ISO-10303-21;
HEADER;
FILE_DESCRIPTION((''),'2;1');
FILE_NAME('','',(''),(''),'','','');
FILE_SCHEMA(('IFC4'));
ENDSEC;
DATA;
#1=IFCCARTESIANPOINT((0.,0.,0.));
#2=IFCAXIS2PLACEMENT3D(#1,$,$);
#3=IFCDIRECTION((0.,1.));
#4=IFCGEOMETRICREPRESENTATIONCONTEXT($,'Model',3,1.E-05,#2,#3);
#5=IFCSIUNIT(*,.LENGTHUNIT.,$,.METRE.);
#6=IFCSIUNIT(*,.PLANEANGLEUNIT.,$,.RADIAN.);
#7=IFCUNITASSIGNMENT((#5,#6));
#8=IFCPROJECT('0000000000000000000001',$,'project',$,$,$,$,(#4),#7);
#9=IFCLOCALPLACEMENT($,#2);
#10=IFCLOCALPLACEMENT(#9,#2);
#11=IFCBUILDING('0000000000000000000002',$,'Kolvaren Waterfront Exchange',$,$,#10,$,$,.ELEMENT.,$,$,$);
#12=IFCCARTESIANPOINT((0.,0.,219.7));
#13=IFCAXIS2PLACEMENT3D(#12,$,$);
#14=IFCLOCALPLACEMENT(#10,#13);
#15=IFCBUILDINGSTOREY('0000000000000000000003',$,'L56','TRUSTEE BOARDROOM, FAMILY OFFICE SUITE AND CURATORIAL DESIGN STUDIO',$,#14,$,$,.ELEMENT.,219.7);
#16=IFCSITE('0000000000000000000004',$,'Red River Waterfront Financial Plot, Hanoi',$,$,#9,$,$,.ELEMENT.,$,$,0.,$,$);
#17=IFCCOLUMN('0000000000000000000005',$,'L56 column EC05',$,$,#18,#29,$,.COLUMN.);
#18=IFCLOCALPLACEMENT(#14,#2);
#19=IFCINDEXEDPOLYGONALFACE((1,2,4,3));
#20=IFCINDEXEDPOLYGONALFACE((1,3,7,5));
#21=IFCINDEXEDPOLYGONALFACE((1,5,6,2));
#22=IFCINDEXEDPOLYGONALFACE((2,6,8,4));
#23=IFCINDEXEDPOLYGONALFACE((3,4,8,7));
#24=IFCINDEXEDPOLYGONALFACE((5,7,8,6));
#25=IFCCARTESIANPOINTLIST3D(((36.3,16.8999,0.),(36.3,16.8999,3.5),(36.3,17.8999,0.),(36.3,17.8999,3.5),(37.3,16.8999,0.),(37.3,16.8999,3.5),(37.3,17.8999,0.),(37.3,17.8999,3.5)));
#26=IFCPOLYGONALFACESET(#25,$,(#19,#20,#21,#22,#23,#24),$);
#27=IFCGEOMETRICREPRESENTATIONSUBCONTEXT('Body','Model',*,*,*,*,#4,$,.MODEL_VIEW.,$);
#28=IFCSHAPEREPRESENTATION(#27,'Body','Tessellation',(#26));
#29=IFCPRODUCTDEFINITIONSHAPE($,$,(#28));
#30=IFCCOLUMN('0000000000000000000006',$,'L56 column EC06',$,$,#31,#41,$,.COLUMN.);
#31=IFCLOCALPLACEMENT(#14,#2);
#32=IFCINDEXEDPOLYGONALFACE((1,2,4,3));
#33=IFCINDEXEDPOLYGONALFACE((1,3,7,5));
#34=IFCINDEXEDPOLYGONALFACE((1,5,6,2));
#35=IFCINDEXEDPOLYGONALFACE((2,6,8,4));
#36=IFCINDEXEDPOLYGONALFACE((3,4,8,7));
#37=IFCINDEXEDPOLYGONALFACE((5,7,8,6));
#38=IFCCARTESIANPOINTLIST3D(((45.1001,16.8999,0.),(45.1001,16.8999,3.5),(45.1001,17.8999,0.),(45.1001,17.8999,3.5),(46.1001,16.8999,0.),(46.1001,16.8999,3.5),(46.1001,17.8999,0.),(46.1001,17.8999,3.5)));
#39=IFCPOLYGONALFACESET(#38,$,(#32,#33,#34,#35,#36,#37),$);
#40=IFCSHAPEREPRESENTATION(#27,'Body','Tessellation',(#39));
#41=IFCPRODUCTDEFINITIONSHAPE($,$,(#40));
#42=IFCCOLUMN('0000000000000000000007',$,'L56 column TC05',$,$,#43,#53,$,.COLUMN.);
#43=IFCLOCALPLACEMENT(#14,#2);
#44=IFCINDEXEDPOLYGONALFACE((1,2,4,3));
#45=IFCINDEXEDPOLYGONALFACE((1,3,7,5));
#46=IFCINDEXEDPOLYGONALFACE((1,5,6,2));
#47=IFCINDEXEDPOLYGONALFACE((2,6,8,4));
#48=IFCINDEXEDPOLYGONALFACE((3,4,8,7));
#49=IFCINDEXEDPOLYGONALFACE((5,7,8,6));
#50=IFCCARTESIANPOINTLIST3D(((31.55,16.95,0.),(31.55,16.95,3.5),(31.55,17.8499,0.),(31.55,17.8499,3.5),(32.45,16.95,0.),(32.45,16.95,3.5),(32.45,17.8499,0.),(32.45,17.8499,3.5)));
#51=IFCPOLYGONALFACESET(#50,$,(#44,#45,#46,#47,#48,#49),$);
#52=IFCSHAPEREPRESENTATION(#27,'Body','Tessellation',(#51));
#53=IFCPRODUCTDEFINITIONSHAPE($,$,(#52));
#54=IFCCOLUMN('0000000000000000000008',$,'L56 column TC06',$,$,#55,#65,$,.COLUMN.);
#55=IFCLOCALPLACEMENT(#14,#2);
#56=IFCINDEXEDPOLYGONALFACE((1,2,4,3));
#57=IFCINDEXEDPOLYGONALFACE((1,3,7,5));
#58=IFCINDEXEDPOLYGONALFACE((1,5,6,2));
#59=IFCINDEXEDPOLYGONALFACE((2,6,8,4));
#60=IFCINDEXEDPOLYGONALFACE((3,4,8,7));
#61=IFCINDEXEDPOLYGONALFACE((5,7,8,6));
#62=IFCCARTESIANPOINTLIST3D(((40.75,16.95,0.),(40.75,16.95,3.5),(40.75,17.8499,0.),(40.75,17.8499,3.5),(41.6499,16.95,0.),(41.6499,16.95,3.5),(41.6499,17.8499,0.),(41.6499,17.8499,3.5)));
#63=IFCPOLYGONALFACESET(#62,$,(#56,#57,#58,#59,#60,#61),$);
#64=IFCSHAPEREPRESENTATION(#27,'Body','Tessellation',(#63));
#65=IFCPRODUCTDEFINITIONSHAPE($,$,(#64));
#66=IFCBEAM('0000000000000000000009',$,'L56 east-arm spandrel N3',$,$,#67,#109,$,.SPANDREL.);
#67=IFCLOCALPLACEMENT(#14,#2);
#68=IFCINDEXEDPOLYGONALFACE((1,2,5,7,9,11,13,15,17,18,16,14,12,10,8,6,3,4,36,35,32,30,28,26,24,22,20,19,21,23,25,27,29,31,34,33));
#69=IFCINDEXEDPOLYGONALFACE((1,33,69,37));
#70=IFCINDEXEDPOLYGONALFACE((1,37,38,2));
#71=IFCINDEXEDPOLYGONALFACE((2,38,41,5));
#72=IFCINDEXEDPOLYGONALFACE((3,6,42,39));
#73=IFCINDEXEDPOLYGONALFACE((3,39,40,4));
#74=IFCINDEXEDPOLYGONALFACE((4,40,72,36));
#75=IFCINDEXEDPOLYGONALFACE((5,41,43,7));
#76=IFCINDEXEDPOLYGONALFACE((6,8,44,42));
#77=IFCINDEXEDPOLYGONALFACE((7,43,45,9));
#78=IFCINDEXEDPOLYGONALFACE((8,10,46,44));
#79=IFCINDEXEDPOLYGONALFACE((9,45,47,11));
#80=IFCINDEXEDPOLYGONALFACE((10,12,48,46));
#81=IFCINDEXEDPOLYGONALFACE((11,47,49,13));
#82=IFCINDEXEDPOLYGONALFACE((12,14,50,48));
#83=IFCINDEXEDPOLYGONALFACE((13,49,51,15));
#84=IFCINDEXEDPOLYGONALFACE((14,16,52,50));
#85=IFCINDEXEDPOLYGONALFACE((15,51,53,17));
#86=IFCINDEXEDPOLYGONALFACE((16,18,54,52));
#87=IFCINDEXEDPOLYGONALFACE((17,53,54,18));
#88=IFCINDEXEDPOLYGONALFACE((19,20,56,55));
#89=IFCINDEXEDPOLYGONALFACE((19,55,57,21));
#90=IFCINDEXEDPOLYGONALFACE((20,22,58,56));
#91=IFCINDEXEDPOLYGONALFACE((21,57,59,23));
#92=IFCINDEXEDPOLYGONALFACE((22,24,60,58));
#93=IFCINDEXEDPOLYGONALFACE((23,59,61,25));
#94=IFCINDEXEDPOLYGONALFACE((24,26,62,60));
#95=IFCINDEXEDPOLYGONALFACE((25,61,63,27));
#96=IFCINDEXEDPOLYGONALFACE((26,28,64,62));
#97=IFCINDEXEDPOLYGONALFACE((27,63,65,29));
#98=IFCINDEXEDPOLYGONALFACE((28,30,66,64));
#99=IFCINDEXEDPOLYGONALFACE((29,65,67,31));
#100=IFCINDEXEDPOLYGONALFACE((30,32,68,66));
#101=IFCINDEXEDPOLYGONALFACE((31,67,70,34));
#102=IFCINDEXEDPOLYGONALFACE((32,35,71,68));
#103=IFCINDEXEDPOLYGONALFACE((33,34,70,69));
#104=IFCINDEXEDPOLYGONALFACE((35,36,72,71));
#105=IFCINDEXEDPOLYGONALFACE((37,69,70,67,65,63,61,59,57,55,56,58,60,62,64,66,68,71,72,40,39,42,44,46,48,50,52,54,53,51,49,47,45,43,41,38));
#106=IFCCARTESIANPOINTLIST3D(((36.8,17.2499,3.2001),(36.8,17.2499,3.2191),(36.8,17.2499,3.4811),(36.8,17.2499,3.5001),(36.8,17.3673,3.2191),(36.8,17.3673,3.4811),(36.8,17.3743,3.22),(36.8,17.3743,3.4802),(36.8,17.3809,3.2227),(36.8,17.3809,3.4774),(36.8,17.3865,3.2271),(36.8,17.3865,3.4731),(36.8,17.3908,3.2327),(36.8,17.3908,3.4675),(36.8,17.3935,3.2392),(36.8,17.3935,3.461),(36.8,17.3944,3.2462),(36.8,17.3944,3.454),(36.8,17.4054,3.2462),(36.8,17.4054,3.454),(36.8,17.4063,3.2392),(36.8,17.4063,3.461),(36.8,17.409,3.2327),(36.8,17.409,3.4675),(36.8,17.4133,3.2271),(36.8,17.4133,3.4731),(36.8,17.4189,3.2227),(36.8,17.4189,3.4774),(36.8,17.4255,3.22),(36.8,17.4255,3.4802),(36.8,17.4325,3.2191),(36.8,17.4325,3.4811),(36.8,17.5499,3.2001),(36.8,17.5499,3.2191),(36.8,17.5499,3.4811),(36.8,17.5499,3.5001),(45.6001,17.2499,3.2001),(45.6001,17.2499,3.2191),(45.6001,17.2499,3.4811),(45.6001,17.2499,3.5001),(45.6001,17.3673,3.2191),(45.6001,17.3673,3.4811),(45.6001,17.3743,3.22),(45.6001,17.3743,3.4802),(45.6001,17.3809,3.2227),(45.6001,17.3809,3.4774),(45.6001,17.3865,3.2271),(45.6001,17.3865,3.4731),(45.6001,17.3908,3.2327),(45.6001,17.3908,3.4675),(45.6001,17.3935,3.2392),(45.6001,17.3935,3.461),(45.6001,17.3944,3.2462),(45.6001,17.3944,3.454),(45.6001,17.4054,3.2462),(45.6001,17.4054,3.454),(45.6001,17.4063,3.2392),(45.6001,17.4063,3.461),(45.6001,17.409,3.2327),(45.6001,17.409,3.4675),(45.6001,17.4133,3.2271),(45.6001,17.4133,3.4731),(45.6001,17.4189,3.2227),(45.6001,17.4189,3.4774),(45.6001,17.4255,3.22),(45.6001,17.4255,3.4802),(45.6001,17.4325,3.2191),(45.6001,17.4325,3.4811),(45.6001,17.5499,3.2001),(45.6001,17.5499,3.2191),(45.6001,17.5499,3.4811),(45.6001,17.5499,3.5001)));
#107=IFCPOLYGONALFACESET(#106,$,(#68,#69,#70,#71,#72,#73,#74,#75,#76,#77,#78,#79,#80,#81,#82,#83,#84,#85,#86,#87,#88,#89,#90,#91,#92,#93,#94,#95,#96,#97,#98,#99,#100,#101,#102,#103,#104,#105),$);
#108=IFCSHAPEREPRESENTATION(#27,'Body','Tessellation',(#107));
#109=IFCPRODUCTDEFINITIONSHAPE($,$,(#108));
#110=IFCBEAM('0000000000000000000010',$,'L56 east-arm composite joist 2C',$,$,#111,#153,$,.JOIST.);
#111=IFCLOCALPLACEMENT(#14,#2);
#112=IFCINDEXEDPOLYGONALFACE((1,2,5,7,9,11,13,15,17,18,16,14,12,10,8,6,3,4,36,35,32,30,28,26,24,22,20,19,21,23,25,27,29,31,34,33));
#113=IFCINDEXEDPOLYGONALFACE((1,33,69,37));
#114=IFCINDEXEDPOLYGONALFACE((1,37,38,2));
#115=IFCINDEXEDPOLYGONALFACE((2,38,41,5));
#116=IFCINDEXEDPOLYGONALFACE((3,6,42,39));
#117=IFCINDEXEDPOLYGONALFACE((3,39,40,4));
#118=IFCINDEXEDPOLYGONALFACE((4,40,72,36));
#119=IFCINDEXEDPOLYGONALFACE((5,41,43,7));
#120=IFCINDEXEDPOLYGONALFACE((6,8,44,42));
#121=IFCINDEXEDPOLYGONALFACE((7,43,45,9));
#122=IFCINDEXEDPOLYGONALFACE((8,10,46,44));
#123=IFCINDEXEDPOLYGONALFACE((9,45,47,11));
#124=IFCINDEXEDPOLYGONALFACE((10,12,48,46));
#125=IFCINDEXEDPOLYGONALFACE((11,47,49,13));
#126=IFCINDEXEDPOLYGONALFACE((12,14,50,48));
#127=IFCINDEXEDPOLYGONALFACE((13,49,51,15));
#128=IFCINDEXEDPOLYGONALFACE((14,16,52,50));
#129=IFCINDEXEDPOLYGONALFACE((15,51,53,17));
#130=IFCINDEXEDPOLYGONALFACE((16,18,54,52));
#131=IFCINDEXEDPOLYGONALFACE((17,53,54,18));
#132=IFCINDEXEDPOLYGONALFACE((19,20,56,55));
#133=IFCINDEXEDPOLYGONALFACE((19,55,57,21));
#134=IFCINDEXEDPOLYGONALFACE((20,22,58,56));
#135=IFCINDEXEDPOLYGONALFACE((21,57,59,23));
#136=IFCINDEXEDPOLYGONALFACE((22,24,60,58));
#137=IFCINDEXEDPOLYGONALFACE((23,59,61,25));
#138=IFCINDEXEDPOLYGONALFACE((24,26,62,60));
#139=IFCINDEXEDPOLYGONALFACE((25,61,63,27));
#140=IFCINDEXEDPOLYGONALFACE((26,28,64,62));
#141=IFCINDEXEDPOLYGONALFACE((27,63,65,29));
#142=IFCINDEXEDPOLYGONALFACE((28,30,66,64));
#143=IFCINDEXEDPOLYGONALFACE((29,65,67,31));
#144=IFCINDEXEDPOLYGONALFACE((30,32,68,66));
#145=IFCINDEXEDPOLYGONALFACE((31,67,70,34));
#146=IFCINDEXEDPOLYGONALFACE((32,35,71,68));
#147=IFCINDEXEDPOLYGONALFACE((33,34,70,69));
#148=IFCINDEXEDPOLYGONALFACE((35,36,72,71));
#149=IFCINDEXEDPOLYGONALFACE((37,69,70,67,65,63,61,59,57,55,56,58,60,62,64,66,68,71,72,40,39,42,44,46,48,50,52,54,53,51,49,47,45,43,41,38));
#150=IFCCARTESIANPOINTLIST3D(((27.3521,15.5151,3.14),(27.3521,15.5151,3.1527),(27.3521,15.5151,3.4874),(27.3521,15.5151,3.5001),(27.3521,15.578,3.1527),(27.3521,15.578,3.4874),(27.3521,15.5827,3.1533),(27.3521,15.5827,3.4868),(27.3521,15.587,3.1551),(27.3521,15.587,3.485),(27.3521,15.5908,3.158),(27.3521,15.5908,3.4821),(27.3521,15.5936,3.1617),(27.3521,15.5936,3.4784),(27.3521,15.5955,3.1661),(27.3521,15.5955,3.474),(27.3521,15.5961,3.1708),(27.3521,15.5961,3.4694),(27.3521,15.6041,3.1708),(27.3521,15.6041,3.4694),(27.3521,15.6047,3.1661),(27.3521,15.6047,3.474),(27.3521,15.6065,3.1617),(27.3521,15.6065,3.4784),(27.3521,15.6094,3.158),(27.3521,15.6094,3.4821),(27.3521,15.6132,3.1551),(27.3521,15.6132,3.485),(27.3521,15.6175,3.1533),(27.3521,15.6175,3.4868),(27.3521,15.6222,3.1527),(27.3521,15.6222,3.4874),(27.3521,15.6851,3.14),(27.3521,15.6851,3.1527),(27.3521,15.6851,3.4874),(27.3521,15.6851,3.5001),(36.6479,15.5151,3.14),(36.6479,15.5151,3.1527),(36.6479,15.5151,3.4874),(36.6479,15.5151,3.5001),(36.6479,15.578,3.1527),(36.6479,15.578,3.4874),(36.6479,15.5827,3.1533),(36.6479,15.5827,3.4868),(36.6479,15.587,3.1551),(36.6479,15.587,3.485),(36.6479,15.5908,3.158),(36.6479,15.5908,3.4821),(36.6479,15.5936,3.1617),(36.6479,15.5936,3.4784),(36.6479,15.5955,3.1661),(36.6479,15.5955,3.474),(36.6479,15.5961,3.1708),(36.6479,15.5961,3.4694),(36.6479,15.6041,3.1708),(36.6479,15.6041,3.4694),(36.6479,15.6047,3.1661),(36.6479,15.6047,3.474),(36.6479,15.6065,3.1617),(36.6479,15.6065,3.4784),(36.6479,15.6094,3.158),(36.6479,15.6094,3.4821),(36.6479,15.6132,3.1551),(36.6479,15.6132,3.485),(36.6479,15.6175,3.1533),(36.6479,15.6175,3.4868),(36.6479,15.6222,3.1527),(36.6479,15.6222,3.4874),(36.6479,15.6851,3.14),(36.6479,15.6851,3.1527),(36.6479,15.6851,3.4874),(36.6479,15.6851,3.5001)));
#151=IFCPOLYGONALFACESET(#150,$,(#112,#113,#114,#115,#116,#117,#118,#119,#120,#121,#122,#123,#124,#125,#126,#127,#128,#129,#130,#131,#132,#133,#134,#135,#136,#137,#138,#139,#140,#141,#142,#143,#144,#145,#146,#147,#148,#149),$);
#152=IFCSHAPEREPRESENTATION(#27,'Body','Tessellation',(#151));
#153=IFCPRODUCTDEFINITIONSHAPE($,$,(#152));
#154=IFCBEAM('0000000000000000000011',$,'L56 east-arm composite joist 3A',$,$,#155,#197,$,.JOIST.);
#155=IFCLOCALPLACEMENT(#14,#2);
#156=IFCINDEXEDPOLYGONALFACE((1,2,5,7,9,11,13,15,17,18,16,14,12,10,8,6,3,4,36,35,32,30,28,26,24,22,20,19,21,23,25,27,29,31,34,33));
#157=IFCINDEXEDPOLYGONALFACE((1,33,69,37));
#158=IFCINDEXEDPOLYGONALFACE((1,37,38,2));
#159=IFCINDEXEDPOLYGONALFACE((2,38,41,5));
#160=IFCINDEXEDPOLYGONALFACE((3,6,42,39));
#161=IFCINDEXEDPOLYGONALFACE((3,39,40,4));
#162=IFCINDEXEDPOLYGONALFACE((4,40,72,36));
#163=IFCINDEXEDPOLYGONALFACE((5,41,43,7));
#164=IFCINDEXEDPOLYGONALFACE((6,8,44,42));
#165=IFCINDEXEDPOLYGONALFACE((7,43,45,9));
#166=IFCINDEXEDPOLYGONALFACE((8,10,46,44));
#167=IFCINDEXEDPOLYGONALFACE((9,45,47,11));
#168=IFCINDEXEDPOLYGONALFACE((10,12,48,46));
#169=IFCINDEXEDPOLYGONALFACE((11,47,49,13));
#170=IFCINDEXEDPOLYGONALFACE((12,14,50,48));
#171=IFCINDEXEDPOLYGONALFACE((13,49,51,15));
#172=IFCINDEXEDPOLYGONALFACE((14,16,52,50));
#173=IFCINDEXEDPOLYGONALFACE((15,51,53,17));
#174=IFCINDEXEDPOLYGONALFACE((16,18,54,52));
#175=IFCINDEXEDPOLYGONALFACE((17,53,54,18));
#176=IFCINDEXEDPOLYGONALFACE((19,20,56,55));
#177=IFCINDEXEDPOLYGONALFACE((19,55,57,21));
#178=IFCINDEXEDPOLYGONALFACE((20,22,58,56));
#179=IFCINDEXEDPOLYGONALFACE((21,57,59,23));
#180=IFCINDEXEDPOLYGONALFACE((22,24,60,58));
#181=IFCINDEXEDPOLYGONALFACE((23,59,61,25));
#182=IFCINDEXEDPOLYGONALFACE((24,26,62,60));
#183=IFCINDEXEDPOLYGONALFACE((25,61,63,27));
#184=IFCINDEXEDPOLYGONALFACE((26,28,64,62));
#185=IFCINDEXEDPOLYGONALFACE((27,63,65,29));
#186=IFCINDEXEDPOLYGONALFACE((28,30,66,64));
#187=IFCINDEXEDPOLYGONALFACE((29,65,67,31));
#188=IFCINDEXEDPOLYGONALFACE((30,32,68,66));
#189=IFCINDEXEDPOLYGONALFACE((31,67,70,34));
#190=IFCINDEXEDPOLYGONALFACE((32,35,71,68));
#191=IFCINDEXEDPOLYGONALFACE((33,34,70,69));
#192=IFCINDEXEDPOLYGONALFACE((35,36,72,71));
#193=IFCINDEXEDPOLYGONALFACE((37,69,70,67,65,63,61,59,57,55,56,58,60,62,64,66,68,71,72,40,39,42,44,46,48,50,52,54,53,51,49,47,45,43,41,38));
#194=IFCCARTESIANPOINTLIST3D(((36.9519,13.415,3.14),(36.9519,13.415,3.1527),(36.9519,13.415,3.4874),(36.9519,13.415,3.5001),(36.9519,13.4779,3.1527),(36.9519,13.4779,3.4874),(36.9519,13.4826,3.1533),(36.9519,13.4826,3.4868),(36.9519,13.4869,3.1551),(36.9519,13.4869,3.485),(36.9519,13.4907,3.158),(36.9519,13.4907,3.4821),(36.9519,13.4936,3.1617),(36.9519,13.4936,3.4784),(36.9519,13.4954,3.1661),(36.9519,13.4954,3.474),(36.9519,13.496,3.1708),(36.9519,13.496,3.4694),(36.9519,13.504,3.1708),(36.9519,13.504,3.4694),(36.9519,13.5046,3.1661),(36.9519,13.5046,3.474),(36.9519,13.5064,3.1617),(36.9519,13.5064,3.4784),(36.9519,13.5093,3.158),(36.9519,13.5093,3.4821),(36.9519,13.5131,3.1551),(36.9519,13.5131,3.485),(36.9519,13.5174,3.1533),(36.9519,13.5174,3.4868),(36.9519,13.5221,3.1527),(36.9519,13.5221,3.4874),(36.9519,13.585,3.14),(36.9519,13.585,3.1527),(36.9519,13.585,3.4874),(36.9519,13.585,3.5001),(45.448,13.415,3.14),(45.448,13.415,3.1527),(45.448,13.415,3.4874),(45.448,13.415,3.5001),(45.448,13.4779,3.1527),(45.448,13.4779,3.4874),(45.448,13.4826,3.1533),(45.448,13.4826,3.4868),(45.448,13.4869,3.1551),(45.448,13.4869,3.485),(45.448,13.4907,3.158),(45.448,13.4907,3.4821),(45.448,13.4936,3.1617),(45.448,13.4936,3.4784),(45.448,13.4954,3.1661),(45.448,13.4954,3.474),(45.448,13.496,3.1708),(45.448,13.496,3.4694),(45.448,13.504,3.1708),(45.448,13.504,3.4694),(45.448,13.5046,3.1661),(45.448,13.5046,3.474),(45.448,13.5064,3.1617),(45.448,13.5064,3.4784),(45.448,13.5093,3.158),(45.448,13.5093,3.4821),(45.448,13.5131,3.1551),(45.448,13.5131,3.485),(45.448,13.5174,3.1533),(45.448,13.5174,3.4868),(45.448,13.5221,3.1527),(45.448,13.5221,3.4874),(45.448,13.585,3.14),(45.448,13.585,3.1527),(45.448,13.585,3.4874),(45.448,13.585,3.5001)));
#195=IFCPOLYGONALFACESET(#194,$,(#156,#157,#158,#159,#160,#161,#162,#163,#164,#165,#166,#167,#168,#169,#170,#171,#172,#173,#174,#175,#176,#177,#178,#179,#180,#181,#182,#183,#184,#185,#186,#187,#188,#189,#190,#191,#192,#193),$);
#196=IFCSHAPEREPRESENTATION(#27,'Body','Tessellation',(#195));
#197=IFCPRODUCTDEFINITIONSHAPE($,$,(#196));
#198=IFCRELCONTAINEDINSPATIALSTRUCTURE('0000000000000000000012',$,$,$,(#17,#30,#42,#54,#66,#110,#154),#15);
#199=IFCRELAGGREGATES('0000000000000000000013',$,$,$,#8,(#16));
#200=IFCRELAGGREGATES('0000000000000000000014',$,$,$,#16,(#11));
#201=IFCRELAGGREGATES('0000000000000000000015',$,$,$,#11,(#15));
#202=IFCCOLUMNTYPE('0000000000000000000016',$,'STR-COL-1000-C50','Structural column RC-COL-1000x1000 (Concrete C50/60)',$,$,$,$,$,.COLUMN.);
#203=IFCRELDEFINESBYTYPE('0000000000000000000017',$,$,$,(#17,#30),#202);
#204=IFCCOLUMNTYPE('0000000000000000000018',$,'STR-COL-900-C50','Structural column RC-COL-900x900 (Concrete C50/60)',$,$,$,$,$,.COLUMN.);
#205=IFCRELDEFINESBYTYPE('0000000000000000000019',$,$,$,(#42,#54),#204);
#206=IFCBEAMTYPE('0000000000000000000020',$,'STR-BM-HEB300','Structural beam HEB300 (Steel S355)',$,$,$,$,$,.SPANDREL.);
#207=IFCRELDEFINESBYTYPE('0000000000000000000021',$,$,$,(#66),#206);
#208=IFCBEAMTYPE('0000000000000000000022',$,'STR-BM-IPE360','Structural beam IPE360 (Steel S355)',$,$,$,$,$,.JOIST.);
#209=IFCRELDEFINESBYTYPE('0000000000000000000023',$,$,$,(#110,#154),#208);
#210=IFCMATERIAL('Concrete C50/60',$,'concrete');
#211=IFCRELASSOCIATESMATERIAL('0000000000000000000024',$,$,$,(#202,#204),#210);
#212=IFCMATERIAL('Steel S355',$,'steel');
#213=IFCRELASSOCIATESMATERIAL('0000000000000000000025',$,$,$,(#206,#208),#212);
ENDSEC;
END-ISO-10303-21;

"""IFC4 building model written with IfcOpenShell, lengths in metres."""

from ifc_helpers import new_model, si_unit, direction, frame, origin, origin_2d, place, context, subcontext, project, spatial, rectangle, i_section, extrude, material, material_profile, profile_set, type_object, element, save


model = new_model("IFC4")

# Units and contexts
model_context = context("Model", 3, precision=1e-05, world=origin(), true_north=direction((0.0, 1.0)))
body_context = subcontext(model_context, "Body", "Model", "MODEL_VIEW")
ifc_project = project(units=[si_unit("LENGTHUNIT", "METRE"), si_unit("PLANEANGLEUNIT", "RADIAN")], contexts=[model_context])

# Site, building, storey
site_placement = place(None, origin())
site = spatial("IfcSite", under=ifc_project, at=site_placement, Name="Red River Waterfront Financial Plot, Hanoi", CompositionType="ELEMENT", RefElevation=0.0)
building_placement = place(site_placement, origin())
building = spatial("IfcBuilding", under=site, at=building_placement, Name="Kolvaren Waterfront Exchange", CompositionType="ELEMENT")
storey_placement = place(building_placement, frame((0.0, 0.0, 219.7)))
storey = spatial("IfcBuildingStorey", under=building, at=storey_placement, Name="L56", Description="TRUSTEE BOARDROOM, FAMILY OFFICE SUITE AND CURATORIAL DESIGN STUDIO", CompositionType="ELEMENT", Elevation=219.7)

# Columns
ifc_material_1 = material(Name="Concrete C50/60", Category="concrete")
ifc_material_profile_1 = material_profile(ifc_material_1, rectangle(XDim=1.0, YDim=1.0, at=origin_2d()), Name="RC-COL-1000x1000")
ifc_profile_set_1 = profile_set([ifc_material_profile_1], Name="Concrete C50/60")
column_type_1 = type_object("IfcColumnType", Name="STR-COL-1000-C50", Description="Structural column RC-COL-1000x1000 (Concrete C50/60)", PredefinedType="COLUMN", material=ifc_profile_set_1)
for number, where, z_axis, x_axis, name in (
    (1, (36.8, 17.3999, 0.0), (0.0, 0.0, 1.0), (1.0, 0.0, 0.0), "L56 column EC05"),
    (2, (45.6001, 17.3999, 0.0), (0.0, 0.0, 1.0), (1.0, 0.0, 0.0), "L56 column EC06"),
):
    element("IfcColumn", number, at=place(storey_placement, frame(where, z_axis=z_axis, x_axis=x_axis)), inside=storey, type_object=column_type_1, Name=name, PredefinedType="COLUMN", context=body_context, shape_type="SweptSolid", body=[
        extrude(rectangle(XDim=1.0, YDim=1.0, at=origin_2d()), origin(), (0.0, 0.0, 1.0), 3.5),
    ])
ifc_material_profile_2 = material_profile(ifc_material_1, rectangle(XDim=0.8999, YDim=0.8999, at=origin_2d()), Name="RC-COL-900x900")
ifc_profile_set_2 = profile_set([ifc_material_profile_2], Name="Concrete C50/60")
column_type_2 = type_object("IfcColumnType", Name="STR-COL-900-C50", Description="Structural column RC-COL-900x900 (Concrete C50/60)", PredefinedType="COLUMN", material=ifc_profile_set_2)
for number, where, z_axis, x_axis, name in (
    (3, (32.0, 17.3999, 0.0), (0.0, 0.0, 1.0), (1.0, 0.0, 0.0), "L56 column TC05"),
    (4, (41.2, 17.3999, 0.0), (0.0, 0.0, 1.0), (1.0, 0.0, 0.0), "L56 column TC06"),
):
    element("IfcColumn", number, at=place(storey_placement, frame(where, z_axis=z_axis, x_axis=x_axis)), inside=storey, type_object=column_type_2, Name=name, PredefinedType="COLUMN", context=body_context, shape_type="SweptSolid", body=[
        extrude(rectangle(XDim=0.8999, YDim=0.8999, at=origin_2d()), origin(), (0.0, 0.0, 1.0), 3.5),
    ])

# Beams
ifc_material_2 = material(Name="Steel S355", Category="steel")
ifc_material_profile_3 = material_profile(ifc_material_2, i_section(OverallWidth=0.3, OverallDepth=0.3, WebThickness=0.011, FlangeThickness=0.019, FilletRadius=0.0271, at=origin_2d()), Name="HEB300")
ifc_profile_set_3 = profile_set([ifc_material_profile_3], Name="Steel S355")
beam_type_1 = type_object("IfcBeamType", Name="STR-BM-HEB300", Description="Structural beam HEB300 (Steel S355)", PredefinedType="SPANDREL", material=ifc_profile_set_3)
beam_1_placement = place(storey_placement, frame((36.8, 17.3999, 3.3501), z_axis=(1.0, 0.0, 0.0), x_axis=(0.0, 1.0, 0.0)))
element("IfcBeam", 5, at=beam_1_placement, inside=storey, type_object=beam_type_1, Name="L56 east-arm spandrel N3", PredefinedType="SPANDREL", context=body_context, shape_type="SweptSolid", body=[
    extrude(i_section(OverallWidth=0.3, OverallDepth=0.3, WebThickness=0.011, FlangeThickness=0.019, FilletRadius=0.0271, at=origin_2d()), origin(), (0.0, 0.0, 1.0), 8.8),
])
ifc_material_profile_4 = material_profile(ifc_material_2, i_section(OverallWidth=0.1699, OverallDepth=0.3601, WebThickness=0.0081, FlangeThickness=0.0127, FilletRadius=0.0181, at=origin_2d()), Name="IPE360")
ifc_profile_set_4 = profile_set([ifc_material_profile_4], Name="Steel S355")
beam_type_2 = type_object("IfcBeamType", Name="STR-BM-IPE360", Description="Structural beam IPE360 (Steel S355)", PredefinedType="JOIST", material=ifc_profile_set_4)
beam_2_placement = place(storey_placement, frame((27.3521, 15.6001, 3.3201), z_axis=(1.0, 0.0, 0.0), x_axis=(0.0, 1.0, 0.0)))
element("IfcBeam", 6, at=beam_2_placement, inside=storey, type_object=beam_type_2, Name="L56 east-arm composite joist 2C", PredefinedType="JOIST", context=body_context, shape_type="SweptSolid", body=[
    extrude(i_section(OverallWidth=0.1699, OverallDepth=0.3601, WebThickness=0.0081, FlangeThickness=0.0127, FilletRadius=0.0181, at=origin_2d()), origin(), (0.0, 0.0, 1.0), 9.2959),
])
for number, where, z_axis, x_axis, name in (
    (7, (36.9519, 13.5, 3.3201), (1.0, 0.0, 0.0), (0.0, 1.0, 0.0), "L56 east-arm composite joist 3A"),
):
    element("IfcBeam", number, at=place(storey_placement, frame(where, z_axis=z_axis, x_axis=x_axis)), inside=storey, type_object=beam_type_2, Name=name, PredefinedType="JOIST", context=body_context, shape_type="SweptSolid", body=[
        extrude(i_section(OverallWidth=0.1699, OverallDepth=0.3601, WebThickness=0.0081, FlangeThickness=0.0127, FilletRadius=0.0181, at=origin_2d()), origin(), (0.0, 0.0, 1.0), 8.4961),
    ])

save(model, "model.ifc")
